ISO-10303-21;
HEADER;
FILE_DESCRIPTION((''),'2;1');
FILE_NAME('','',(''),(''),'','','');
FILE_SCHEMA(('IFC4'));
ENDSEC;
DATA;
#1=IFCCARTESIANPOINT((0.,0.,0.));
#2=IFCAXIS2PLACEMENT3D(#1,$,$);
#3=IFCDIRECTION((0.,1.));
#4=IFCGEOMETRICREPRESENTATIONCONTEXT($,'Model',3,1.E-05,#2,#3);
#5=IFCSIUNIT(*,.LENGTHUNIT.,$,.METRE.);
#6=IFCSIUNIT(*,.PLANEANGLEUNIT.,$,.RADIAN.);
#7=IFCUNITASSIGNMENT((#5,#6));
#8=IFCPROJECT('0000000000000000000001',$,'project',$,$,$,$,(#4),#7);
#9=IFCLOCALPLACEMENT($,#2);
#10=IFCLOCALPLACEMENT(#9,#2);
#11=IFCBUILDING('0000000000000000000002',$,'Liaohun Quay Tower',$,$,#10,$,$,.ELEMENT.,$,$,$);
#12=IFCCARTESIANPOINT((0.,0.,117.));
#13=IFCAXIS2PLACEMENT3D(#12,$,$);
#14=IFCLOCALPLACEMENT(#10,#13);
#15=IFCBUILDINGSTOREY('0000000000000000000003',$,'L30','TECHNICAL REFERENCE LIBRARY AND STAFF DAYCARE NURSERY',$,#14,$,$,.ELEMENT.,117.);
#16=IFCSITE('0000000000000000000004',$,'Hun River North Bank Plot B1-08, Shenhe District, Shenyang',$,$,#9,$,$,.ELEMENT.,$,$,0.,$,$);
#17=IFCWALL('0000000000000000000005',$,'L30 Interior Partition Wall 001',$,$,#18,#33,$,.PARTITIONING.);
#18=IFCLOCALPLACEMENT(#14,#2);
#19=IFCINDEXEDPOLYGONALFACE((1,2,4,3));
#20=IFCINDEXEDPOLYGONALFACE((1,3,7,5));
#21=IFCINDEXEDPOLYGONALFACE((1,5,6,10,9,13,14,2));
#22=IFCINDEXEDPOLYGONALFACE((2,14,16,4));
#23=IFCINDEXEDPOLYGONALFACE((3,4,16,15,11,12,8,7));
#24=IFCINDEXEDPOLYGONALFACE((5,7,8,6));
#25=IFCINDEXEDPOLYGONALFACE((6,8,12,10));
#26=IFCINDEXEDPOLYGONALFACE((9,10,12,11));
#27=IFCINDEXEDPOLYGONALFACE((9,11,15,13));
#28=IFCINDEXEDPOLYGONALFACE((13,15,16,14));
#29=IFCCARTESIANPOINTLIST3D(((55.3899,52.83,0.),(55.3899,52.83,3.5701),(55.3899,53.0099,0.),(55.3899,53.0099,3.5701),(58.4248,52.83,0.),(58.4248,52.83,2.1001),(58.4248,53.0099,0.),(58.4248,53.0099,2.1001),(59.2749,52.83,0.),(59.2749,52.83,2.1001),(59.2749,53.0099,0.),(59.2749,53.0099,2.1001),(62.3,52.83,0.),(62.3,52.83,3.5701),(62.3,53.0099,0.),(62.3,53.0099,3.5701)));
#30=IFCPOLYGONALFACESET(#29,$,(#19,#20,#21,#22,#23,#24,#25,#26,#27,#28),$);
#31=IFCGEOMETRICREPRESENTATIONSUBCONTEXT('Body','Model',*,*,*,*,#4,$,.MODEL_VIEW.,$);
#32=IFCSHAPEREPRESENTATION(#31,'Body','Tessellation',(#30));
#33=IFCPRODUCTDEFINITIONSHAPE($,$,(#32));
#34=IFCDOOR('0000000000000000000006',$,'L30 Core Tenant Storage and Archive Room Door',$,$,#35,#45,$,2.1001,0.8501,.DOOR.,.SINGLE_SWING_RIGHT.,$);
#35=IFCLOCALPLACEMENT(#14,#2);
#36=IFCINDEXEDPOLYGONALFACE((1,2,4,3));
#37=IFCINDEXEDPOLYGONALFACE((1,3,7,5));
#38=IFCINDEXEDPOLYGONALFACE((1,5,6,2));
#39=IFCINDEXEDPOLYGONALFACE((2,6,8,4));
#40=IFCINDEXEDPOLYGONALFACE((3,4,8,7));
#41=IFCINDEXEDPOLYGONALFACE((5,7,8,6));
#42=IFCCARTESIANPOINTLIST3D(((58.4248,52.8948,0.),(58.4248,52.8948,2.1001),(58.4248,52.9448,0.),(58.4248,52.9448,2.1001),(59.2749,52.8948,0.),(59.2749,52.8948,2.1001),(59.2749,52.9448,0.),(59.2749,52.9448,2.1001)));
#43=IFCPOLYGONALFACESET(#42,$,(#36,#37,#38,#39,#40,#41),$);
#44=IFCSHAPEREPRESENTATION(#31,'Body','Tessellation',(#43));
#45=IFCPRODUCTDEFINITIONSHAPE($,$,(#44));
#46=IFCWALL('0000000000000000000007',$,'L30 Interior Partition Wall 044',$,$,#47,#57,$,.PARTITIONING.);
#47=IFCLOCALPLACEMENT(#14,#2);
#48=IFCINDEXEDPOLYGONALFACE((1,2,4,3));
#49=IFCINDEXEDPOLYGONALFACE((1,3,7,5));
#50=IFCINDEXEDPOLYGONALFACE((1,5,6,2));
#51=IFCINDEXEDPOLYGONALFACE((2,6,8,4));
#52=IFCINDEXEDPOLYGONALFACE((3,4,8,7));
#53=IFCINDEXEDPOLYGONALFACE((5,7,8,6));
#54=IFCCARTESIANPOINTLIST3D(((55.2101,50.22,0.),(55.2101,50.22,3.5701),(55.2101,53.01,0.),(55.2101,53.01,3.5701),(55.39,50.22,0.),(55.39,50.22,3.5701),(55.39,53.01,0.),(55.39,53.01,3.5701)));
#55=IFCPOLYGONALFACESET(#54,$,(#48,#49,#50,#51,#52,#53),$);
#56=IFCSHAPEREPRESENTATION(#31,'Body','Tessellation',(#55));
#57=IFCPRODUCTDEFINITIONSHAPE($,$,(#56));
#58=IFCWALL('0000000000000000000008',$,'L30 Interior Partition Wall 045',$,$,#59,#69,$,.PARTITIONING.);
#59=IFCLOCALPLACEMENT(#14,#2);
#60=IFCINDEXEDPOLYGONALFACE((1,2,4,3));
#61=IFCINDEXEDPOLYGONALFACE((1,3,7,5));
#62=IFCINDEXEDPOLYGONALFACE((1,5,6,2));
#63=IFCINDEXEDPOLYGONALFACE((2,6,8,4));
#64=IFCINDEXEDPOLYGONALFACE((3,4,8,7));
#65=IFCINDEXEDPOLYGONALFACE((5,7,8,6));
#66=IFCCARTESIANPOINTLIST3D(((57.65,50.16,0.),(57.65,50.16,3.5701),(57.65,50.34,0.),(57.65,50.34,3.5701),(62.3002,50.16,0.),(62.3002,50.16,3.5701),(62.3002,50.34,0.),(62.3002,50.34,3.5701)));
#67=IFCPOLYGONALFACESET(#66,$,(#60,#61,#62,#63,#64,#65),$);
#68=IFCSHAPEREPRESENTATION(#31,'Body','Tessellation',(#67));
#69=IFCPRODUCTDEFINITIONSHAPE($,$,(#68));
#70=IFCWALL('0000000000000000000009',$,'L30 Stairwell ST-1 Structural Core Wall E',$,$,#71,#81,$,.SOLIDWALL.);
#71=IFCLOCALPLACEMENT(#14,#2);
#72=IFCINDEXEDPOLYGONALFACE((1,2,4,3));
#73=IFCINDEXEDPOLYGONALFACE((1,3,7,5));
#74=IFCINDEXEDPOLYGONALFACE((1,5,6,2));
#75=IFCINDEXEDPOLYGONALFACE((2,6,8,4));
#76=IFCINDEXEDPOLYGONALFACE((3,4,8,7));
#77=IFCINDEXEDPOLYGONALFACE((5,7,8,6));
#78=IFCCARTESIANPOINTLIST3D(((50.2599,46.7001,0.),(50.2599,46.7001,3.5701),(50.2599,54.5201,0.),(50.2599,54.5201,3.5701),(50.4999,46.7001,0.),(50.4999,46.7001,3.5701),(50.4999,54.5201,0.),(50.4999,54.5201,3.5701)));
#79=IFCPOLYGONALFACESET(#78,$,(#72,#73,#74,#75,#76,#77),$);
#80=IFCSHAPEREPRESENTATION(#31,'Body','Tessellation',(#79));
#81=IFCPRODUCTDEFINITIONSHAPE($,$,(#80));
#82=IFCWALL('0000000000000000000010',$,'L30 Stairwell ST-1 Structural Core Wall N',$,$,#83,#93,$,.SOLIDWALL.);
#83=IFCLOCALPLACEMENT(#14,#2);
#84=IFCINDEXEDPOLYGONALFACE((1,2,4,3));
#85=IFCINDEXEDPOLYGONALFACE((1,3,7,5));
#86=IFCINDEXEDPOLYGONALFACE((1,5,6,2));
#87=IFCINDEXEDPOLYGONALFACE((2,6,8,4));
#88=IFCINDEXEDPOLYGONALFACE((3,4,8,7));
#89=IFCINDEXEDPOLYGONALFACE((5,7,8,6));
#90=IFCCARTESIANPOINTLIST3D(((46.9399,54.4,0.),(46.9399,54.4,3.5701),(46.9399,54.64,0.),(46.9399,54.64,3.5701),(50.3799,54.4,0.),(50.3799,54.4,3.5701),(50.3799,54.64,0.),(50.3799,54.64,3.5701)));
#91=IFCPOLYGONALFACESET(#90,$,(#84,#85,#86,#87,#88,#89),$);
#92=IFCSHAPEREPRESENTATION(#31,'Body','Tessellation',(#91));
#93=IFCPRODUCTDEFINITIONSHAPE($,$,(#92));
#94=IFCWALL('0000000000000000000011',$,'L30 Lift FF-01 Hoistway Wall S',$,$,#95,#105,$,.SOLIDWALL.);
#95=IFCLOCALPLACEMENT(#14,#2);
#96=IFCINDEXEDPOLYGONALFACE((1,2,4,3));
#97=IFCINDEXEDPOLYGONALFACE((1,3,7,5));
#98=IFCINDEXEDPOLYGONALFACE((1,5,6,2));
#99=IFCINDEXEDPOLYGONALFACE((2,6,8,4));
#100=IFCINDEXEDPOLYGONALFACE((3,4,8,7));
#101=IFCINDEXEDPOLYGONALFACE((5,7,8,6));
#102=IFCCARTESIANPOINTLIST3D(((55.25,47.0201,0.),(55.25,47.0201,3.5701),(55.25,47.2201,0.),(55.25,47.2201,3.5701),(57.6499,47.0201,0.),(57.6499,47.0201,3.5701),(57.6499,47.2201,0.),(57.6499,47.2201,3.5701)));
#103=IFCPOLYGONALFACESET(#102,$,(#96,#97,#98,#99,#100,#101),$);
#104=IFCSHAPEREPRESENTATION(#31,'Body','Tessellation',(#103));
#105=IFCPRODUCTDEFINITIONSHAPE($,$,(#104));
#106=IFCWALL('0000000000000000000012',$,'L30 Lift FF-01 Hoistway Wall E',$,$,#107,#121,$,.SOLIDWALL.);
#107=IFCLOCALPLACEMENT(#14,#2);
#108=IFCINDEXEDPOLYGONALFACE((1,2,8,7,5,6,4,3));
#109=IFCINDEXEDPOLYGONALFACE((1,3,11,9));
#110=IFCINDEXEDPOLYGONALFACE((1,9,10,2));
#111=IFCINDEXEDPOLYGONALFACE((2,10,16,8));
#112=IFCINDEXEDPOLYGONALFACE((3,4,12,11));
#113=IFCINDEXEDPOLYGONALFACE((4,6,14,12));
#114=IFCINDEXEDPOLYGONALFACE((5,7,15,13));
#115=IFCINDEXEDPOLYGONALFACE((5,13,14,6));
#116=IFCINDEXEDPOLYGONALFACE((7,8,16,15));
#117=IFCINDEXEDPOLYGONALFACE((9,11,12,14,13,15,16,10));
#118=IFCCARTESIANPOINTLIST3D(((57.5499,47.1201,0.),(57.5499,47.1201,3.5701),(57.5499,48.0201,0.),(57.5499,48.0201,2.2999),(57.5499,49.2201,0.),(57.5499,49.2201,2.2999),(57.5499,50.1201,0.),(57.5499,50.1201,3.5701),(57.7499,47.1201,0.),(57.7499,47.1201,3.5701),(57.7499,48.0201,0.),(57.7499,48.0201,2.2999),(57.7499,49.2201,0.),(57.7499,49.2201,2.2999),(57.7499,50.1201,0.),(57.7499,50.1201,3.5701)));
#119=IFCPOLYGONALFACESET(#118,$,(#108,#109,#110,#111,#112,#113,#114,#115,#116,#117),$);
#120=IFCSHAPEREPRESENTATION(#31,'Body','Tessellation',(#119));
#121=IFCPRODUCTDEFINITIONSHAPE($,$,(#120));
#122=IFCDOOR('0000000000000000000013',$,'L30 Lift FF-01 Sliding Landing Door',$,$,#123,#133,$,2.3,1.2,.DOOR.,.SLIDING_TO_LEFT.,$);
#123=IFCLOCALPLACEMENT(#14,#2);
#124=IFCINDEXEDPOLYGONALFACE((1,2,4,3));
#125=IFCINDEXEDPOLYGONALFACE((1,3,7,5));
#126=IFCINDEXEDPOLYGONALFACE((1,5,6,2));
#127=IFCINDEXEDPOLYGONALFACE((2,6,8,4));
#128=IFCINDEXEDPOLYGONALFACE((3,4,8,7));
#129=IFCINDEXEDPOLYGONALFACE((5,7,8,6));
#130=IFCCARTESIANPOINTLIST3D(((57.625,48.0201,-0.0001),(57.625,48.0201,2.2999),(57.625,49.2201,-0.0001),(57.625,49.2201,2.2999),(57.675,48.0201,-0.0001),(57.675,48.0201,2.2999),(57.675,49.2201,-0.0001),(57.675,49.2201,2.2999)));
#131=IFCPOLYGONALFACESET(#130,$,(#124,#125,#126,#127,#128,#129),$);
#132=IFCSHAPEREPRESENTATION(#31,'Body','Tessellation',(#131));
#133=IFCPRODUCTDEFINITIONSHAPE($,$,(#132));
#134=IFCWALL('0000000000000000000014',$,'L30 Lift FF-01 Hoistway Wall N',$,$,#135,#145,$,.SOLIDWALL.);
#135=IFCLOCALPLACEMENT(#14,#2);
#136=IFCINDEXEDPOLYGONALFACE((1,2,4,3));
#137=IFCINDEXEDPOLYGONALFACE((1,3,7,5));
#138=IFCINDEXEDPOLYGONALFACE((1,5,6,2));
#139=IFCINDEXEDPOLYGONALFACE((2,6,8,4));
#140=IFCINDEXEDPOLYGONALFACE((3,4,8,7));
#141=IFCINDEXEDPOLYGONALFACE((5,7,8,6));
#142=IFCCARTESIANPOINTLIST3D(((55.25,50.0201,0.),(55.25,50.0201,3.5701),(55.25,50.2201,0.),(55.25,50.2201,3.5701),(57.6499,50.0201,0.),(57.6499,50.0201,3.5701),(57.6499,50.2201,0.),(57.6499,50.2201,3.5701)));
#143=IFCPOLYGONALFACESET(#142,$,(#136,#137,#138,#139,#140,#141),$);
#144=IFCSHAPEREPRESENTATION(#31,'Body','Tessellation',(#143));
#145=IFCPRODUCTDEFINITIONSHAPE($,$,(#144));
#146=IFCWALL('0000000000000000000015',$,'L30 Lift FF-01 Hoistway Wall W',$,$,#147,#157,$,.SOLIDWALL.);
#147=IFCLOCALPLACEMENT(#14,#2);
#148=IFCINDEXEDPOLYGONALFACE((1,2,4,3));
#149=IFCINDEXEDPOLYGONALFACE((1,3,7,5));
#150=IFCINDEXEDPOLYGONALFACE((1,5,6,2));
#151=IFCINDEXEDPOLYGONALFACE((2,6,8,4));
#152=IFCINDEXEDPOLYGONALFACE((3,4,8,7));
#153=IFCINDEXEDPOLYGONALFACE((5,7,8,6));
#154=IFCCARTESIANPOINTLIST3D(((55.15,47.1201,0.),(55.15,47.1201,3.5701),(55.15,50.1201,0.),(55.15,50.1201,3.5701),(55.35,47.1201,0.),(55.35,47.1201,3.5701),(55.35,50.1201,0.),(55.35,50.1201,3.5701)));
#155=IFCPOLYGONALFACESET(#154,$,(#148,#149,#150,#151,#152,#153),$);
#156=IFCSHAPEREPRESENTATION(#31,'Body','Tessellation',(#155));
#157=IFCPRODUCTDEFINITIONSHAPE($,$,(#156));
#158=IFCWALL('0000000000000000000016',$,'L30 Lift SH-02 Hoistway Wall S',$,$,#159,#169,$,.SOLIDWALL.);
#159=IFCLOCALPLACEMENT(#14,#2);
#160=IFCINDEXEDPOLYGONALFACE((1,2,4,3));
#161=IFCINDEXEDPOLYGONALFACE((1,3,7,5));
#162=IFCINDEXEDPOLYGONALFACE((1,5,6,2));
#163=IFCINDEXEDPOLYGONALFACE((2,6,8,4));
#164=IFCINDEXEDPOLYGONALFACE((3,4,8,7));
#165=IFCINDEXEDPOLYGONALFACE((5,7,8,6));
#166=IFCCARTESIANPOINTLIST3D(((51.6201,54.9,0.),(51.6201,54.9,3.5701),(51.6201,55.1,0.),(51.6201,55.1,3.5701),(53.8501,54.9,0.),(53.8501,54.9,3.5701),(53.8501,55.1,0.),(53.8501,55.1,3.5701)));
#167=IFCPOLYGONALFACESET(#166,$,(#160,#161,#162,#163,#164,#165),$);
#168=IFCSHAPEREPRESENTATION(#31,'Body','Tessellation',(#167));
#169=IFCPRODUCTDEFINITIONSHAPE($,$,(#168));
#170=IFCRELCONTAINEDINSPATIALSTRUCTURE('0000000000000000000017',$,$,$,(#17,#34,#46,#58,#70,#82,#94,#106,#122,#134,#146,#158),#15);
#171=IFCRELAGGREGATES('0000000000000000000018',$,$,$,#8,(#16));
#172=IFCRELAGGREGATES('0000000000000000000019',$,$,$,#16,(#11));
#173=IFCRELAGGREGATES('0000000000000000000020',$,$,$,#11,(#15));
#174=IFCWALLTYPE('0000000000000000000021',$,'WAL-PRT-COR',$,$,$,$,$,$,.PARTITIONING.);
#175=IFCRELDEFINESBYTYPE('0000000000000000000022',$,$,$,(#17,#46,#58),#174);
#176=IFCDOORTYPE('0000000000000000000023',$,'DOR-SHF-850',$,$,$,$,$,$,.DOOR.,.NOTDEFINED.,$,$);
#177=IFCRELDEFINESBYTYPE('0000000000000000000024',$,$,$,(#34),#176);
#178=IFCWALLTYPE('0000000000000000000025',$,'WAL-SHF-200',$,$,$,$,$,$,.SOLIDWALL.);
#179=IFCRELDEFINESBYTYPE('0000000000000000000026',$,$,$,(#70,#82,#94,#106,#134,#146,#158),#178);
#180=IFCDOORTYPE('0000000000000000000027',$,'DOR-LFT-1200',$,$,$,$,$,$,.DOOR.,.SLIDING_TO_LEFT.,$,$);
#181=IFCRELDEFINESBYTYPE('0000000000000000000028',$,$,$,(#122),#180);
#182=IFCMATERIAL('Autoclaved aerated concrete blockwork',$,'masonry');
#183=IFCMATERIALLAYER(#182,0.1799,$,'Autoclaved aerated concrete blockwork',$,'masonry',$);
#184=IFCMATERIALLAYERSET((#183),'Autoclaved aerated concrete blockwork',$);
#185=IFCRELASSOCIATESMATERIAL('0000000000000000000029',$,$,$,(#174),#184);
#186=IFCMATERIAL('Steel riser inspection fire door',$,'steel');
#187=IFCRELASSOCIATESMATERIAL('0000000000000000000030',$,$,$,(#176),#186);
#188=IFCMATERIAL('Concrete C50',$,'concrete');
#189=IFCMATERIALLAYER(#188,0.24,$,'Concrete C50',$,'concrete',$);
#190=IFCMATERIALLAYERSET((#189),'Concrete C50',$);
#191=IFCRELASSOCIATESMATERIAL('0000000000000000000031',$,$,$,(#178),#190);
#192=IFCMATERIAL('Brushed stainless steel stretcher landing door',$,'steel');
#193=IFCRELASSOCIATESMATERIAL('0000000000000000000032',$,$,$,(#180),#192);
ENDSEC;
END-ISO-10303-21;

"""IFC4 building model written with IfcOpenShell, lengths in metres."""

from ifc_helpers import new_model, si_unit, direction, frame, frame_2d, origin, place, context, subcontext, project, spatial, rectangle, extrude, source, transform, mapped, material, layer, layer_set, type_object, element, fill, save


model = new_model("IFC4")

# Units and contexts
model_context = context("Model", 3, precision=1e-05, world=origin(), true_north=direction((0.0, 1.0)))
body_context = subcontext(model_context, "Body", "Model", "MODEL_VIEW")
ifc_project = project(units=[si_unit("LENGTHUNIT", "METRE"), si_unit("PLANEANGLEUNIT", "RADIAN")], contexts=[model_context])

# Site, building, storey
site_placement = place(None, origin())
site = spatial("IfcSite", under=ifc_project, at=site_placement, Name="Hun River North Bank Plot B1-08, Shenhe District, Shenyang", CompositionType="ELEMENT", RefElevation=0.0)
building_placement = place(site_placement, origin())
building = spatial("IfcBuilding", under=site, at=building_placement, Name="Liaohun Quay Tower", CompositionType="ELEMENT")
storey_placement = place(building_placement, frame((0.0, 0.0, 117.0)))
storey = spatial("IfcBuildingStorey", under=building, at=storey_placement, Name="L30", Description="TECHNICAL REFERENCE LIBRARY AND STAFF DAYCARE NURSERY", CompositionType="ELEMENT", Elevation=117.0)

# Shared definitions
ifc_material_1 = material(Name="Concrete C50", Category="concrete")

# Wall, opening, door
ifc_material_2 = material(Name="Autoclaved aerated concrete blockwork", Category="masonry")
ifc_layer_1 = layer(ifc_material_2, 0.1799, Name="Autoclaved aerated concrete blockwork", Category="masonry")
ifc_layer_set_1 = layer_set([ifc_layer_1], Name="Autoclaved aerated concrete blockwork")
wall_type_1 = type_object("IfcWallType", Name="WAL-PRT-COR", PredefinedType="PARTITIONING", material=ifc_layer_set_1)
wall_1_placement = place(storey_placement, frame((55.3899, 52.9199, 0.0), z_axis=(0.0, 0.0, 1.0), x_axis=(1.0, 0.0, 0.0)))
wall_1 = element("IfcWall", 1, at=wall_1_placement, inside=storey, type_object=wall_type_1, Name="L30 Interior Partition Wall 001", PredefinedType="PARTITIONING", context=body_context, shape_type="SweptSolid", body=[
    extrude(rectangle(XDim=6.9102, YDim=0.1799, at=frame_2d((3.4551, 0.0))), origin(), (0.0, 0.0, 1.0), 3.5701),
])
shared_shape_1 = source(origin(), body_context, "Body", "SweptSolid", [
    extrude(rectangle(XDim=0.8501, YDim=2.1001, at=frame_2d((0.425, 1.05))), frame((0.0, 0.0999, 0.0), z_axis=(0.0, -1.0, 0.0), x_axis=(1.0, 0.0, 0.0)), (0.0, 0.0, 1.0), 0.2),
])
opening_1_placement = place(wall_1_placement, frame((3.0349, 0.0, 0.0)))
opening_1 = element("IfcOpeningElement", 2, at=opening_1_placement, cuts=wall_1, PredefinedType="OPENING", context=body_context, shape_type="MappedRepresentation", body=[
    mapped(shared_shape_1, transform((0.0, 0.0, 0.0), x_axis=(1.0, 0.0, 0.0), y_axis=(0.0, 1.0, 0.0), z_axis=(0.0, 0.0, 1.0), scale=1.0)),
])
ifc_material_3 = material(Name="Steel riser inspection fire door", Category="steel")
door_type_1 = type_object("IfcDoorType", Name="DOR-SHF-850", OperationType="NOTDEFINED", PredefinedType="DOOR", material=ifc_material_3)
shared_shape_2 = source(origin(), body_context, "Body", "SweptSolid", [
    extrude(rectangle(XDim=0.8501, YDim=2.1001, at=frame_2d((0.425, 1.05))), frame((0.0, 0.0249, 0.0), z_axis=(0.0, -1.0, 0.0), x_axis=(1.0, 0.0, 0.0)), (0.0, 0.0, 1.0), 0.05),
])
door_1_placement = place(opening_1_placement, origin())
door_1 = element("IfcDoor", 3, at=door_1_placement, inside=storey, type_object=door_type_1, Name="L30 Core Tenant Storage and Archive Room Door", OperationType="SINGLE_SWING_RIGHT", OverallHeight=2.1001, OverallWidth=0.8501, PredefinedType="DOOR", context=body_context, shape_type="MappedRepresentation", body=[
    mapped(shared_shape_2, transform((0.0, 0.0, 0.0), x_axis=(1.0, 0.0, 0.0), y_axis=(0.0, 1.0, 0.0), z_axis=(0.0, 0.0, 1.0), scale=1.0)),
])
fill(opening_1, door_1)

# Walls
wall_2_placement = place(storey_placement, frame((55.3, 50.22, 0.0), z_axis=(0.0, 0.0, 1.0), x_axis=(0.0, 1.0, 0.0)))
element("IfcWall", 4, at=wall_2_placement, inside=storey, type_object=wall_type_1, Name="L30 Interior Partition Wall 044", PredefinedType="PARTITIONING", context=body_context, shape_type="SweptSolid", body=[
    extrude(rectangle(XDim=2.79, YDim=0.1799, at=frame_2d((1.395, 0.0))), origin(), (0.0, 0.0, 1.0), 3.5701),
])
wall_3_placement = place(storey_placement, frame((57.6499, 50.25, 0.0), z_axis=(0.0, 0.0, 1.0), x_axis=(1.0, 0.0, 0.0)))
element("IfcWall", 5, at=wall_3_placement, inside=storey, type_object=wall_type_1, Name="L30 Interior Partition Wall 045", PredefinedType="PARTITIONING", context=body_context, shape_type="SweptSolid", body=[
    extrude(rectangle(XDim=4.6501, YDim=0.1799, at=frame_2d((2.3252, 0.0))), origin(), (0.0, 0.0, 1.0), 3.5701),
])
ifc_layer_2 = layer(ifc_material_1, 0.24, Name="Concrete C50", Category="concrete")
ifc_layer_set_2 = layer_set([ifc_layer_2], Name="Concrete C50")
wall_type_2 = type_object("IfcWallType", Name="WAL-SHF-200", PredefinedType="SOLIDWALL", material=ifc_layer_set_2)
wall_4_placement = place(storey_placement, frame((50.3799, 46.7, 0.0), z_axis=(0.0, 0.0, 1.0), x_axis=(0.0, 1.0, 0.0)))
element("IfcWall", 6, at=wall_4_placement, inside=storey, type_object=wall_type_2, Name="L30 Stairwell ST-1 Structural Core Wall E", PredefinedType="SOLIDWALL", context=body_context, shape_type="SweptSolid", body=[
    extrude(rectangle(XDim=7.8201, YDim=0.24, at=frame_2d((3.9102, 0.0))), origin(), (0.0, 0.0, 1.0), 3.5701),
])
wall_5_placement = place(storey_placement, frame((50.3799, 54.52, 0.0), z_axis=(0.0, 0.0, 1.0), x_axis=(-1.0, 0.0, 0.0)))
element("IfcWall", 7, at=wall_5_placement, inside=storey, type_object=wall_type_2, Name="L30 Stairwell ST-1 Structural Core Wall N", PredefinedType="SOLIDWALL", context=body_context, shape_type="SweptSolid", body=[
    extrude(rectangle(XDim=3.4399, YDim=0.24, at=frame_2d((1.72, 0.0))), origin(), (0.0, 0.0, 1.0), 3.5701),
])
wall_6_placement = place(storey_placement, frame((55.25, 47.1201, 0.0), z_axis=(0.0, 0.0, 1.0), x_axis=(1.0, 0.0, 0.0)))
element("IfcWall", 8, at=wall_6_placement, inside=storey, type_object=wall_type_2, Name="L30 Lift FF-01 Hoistway Wall S", PredefinedType="SOLIDWALL", context=body_context, shape_type="SweptSolid", body=[
    extrude(rectangle(XDim=2.3999, YDim=0.2, at=frame_2d((1.2, 0.0))), origin(), (0.0, 0.0, 1.0), 3.5701),
])

# Wall, opening, door
wall_7_placement = place(storey_placement, frame((57.6499, 47.1201, 0.0), z_axis=(0.0, 0.0, 1.0), x_axis=(0.0, 1.0, 0.0)))
wall_7 = element("IfcWall", 9, at=wall_7_placement, inside=storey, type_object=wall_type_2, Name="L30 Lift FF-01 Hoistway Wall E", PredefinedType="SOLIDWALL", context=body_context, shape_type="SweptSolid", body=[
    extrude(rectangle(XDim=3.0, YDim=0.2, at=frame_2d((1.5, 0.0))), origin(), (0.0, 0.0, 1.0), 3.5701),
])
shared_shape_3 = source(origin(), body_context, "Body", "SweptSolid", [
    extrude(rectangle(XDim=1.2, YDim=2.3, at=frame_2d((0.6001, 1.1499))), frame((0.0, 0.1099, 0.0), z_axis=(0.0, -1.0, 0.0), x_axis=(1.0, 0.0, 0.0)), (0.0, 0.0, 1.0), 0.22),
])
opening_2_placement = place(wall_7_placement, frame((0.8999, 0.0, 0.0)))
opening_2 = element("IfcOpeningElement", 10, at=opening_2_placement, cuts=wall_7, PredefinedType="OPENING", context=body_context, shape_type="MappedRepresentation", body=[
    mapped(shared_shape_3, transform((0.0, 0.0, 0.0), x_axis=(1.0, 0.0, 0.0), y_axis=(0.0, 1.0, 0.0), z_axis=(0.0, 0.0, 1.0), scale=1.0)),
])
ifc_material_4 = material(Name="Brushed stainless steel stretcher landing door", Category="steel")
door_type_2 = type_object("IfcDoorType", Name="DOR-LFT-1200", OperationType="SLIDING_TO_LEFT", PredefinedType="DOOR", material=ifc_material_4)
shared_shape_4 = source(origin(), body_context, "Body", "SweptSolid", [
    extrude(rectangle(XDim=1.2, YDim=2.3, at=frame_2d((0.6001, 1.1499))), frame((0.0, 0.0249, 0.0), z_axis=(0.0, -1.0, 0.0), x_axis=(1.0, 0.0, 0.0)), (0.0, 0.0, 1.0), 0.05),
])
door_2_placement = place(opening_2_placement, origin())
door_2 = element("IfcDoor", 11, at=door_2_placement, inside=storey, type_object=door_type_2, Name="L30 Lift FF-01 Sliding Landing Door", OperationType="SLIDING_TO_LEFT", OverallHeight=2.3, OverallWidth=1.2, PredefinedType="DOOR", context=body_context, shape_type="MappedRepresentation", body=[
    mapped(shared_shape_4, transform((0.0, 0.0, 0.0), x_axis=(1.0, 0.0, 0.0), y_axis=(0.0, 1.0, 0.0), z_axis=(0.0, 0.0, 1.0), scale=1.0)),
])
fill(opening_2, door_2)

# Walls
wall_8_placement = place(storey_placement, frame((57.6499, 50.1201, 0.0), z_axis=(0.0, 0.0, 1.0), x_axis=(-1.0, 0.0, 0.0)))
element("IfcWall", 12, at=wall_8_placement, inside=storey, type_object=wall_type_2, Name="L30 Lift FF-01 Hoistway Wall N", PredefinedType="SOLIDWALL", context=body_context, shape_type="SweptSolid", body=[
    extrude(rectangle(XDim=2.3999, YDim=0.2, at=frame_2d((1.2, 0.0))), origin(), (0.0, 0.0, 1.0), 3.5701),
])
wall_9_placement = place(storey_placement, frame((55.25, 50.1201, 0.0), z_axis=(0.0, 0.0, 1.0), x_axis=(0.0, -1.0, 0.0)))
element("IfcWall", 13, at=wall_9_placement, inside=storey, type_object=wall_type_2, Name="L30 Lift FF-01 Hoistway Wall W", PredefinedType="SOLIDWALL", context=body_context, shape_type="SweptSolid", body=[
    extrude(rectangle(XDim=3.0, YDim=0.2, at=frame_2d((1.5, 0.0))), origin(), (0.0, 0.0, 1.0), 3.5701),
])
wall_10_placement = place(storey_placement, frame((51.6201, 55.0, 0.0), z_axis=(0.0, 0.0, 1.0), x_axis=(1.0, 0.0, 0.0)))
element("IfcWall", 14, at=wall_10_placement, inside=storey, type_object=wall_type_2, Name="L30 Lift SH-02 Hoistway Wall S", PredefinedType="SOLIDWALL", context=body_context, shape_type="SweptSolid", body=[
    extrude(rectangle(XDim=2.23, YDim=0.2, at=frame_2d((1.115, 0.0))), origin(), (0.0, 0.0, 1.0), 3.5701),
])

save(model, "model.ifc")
